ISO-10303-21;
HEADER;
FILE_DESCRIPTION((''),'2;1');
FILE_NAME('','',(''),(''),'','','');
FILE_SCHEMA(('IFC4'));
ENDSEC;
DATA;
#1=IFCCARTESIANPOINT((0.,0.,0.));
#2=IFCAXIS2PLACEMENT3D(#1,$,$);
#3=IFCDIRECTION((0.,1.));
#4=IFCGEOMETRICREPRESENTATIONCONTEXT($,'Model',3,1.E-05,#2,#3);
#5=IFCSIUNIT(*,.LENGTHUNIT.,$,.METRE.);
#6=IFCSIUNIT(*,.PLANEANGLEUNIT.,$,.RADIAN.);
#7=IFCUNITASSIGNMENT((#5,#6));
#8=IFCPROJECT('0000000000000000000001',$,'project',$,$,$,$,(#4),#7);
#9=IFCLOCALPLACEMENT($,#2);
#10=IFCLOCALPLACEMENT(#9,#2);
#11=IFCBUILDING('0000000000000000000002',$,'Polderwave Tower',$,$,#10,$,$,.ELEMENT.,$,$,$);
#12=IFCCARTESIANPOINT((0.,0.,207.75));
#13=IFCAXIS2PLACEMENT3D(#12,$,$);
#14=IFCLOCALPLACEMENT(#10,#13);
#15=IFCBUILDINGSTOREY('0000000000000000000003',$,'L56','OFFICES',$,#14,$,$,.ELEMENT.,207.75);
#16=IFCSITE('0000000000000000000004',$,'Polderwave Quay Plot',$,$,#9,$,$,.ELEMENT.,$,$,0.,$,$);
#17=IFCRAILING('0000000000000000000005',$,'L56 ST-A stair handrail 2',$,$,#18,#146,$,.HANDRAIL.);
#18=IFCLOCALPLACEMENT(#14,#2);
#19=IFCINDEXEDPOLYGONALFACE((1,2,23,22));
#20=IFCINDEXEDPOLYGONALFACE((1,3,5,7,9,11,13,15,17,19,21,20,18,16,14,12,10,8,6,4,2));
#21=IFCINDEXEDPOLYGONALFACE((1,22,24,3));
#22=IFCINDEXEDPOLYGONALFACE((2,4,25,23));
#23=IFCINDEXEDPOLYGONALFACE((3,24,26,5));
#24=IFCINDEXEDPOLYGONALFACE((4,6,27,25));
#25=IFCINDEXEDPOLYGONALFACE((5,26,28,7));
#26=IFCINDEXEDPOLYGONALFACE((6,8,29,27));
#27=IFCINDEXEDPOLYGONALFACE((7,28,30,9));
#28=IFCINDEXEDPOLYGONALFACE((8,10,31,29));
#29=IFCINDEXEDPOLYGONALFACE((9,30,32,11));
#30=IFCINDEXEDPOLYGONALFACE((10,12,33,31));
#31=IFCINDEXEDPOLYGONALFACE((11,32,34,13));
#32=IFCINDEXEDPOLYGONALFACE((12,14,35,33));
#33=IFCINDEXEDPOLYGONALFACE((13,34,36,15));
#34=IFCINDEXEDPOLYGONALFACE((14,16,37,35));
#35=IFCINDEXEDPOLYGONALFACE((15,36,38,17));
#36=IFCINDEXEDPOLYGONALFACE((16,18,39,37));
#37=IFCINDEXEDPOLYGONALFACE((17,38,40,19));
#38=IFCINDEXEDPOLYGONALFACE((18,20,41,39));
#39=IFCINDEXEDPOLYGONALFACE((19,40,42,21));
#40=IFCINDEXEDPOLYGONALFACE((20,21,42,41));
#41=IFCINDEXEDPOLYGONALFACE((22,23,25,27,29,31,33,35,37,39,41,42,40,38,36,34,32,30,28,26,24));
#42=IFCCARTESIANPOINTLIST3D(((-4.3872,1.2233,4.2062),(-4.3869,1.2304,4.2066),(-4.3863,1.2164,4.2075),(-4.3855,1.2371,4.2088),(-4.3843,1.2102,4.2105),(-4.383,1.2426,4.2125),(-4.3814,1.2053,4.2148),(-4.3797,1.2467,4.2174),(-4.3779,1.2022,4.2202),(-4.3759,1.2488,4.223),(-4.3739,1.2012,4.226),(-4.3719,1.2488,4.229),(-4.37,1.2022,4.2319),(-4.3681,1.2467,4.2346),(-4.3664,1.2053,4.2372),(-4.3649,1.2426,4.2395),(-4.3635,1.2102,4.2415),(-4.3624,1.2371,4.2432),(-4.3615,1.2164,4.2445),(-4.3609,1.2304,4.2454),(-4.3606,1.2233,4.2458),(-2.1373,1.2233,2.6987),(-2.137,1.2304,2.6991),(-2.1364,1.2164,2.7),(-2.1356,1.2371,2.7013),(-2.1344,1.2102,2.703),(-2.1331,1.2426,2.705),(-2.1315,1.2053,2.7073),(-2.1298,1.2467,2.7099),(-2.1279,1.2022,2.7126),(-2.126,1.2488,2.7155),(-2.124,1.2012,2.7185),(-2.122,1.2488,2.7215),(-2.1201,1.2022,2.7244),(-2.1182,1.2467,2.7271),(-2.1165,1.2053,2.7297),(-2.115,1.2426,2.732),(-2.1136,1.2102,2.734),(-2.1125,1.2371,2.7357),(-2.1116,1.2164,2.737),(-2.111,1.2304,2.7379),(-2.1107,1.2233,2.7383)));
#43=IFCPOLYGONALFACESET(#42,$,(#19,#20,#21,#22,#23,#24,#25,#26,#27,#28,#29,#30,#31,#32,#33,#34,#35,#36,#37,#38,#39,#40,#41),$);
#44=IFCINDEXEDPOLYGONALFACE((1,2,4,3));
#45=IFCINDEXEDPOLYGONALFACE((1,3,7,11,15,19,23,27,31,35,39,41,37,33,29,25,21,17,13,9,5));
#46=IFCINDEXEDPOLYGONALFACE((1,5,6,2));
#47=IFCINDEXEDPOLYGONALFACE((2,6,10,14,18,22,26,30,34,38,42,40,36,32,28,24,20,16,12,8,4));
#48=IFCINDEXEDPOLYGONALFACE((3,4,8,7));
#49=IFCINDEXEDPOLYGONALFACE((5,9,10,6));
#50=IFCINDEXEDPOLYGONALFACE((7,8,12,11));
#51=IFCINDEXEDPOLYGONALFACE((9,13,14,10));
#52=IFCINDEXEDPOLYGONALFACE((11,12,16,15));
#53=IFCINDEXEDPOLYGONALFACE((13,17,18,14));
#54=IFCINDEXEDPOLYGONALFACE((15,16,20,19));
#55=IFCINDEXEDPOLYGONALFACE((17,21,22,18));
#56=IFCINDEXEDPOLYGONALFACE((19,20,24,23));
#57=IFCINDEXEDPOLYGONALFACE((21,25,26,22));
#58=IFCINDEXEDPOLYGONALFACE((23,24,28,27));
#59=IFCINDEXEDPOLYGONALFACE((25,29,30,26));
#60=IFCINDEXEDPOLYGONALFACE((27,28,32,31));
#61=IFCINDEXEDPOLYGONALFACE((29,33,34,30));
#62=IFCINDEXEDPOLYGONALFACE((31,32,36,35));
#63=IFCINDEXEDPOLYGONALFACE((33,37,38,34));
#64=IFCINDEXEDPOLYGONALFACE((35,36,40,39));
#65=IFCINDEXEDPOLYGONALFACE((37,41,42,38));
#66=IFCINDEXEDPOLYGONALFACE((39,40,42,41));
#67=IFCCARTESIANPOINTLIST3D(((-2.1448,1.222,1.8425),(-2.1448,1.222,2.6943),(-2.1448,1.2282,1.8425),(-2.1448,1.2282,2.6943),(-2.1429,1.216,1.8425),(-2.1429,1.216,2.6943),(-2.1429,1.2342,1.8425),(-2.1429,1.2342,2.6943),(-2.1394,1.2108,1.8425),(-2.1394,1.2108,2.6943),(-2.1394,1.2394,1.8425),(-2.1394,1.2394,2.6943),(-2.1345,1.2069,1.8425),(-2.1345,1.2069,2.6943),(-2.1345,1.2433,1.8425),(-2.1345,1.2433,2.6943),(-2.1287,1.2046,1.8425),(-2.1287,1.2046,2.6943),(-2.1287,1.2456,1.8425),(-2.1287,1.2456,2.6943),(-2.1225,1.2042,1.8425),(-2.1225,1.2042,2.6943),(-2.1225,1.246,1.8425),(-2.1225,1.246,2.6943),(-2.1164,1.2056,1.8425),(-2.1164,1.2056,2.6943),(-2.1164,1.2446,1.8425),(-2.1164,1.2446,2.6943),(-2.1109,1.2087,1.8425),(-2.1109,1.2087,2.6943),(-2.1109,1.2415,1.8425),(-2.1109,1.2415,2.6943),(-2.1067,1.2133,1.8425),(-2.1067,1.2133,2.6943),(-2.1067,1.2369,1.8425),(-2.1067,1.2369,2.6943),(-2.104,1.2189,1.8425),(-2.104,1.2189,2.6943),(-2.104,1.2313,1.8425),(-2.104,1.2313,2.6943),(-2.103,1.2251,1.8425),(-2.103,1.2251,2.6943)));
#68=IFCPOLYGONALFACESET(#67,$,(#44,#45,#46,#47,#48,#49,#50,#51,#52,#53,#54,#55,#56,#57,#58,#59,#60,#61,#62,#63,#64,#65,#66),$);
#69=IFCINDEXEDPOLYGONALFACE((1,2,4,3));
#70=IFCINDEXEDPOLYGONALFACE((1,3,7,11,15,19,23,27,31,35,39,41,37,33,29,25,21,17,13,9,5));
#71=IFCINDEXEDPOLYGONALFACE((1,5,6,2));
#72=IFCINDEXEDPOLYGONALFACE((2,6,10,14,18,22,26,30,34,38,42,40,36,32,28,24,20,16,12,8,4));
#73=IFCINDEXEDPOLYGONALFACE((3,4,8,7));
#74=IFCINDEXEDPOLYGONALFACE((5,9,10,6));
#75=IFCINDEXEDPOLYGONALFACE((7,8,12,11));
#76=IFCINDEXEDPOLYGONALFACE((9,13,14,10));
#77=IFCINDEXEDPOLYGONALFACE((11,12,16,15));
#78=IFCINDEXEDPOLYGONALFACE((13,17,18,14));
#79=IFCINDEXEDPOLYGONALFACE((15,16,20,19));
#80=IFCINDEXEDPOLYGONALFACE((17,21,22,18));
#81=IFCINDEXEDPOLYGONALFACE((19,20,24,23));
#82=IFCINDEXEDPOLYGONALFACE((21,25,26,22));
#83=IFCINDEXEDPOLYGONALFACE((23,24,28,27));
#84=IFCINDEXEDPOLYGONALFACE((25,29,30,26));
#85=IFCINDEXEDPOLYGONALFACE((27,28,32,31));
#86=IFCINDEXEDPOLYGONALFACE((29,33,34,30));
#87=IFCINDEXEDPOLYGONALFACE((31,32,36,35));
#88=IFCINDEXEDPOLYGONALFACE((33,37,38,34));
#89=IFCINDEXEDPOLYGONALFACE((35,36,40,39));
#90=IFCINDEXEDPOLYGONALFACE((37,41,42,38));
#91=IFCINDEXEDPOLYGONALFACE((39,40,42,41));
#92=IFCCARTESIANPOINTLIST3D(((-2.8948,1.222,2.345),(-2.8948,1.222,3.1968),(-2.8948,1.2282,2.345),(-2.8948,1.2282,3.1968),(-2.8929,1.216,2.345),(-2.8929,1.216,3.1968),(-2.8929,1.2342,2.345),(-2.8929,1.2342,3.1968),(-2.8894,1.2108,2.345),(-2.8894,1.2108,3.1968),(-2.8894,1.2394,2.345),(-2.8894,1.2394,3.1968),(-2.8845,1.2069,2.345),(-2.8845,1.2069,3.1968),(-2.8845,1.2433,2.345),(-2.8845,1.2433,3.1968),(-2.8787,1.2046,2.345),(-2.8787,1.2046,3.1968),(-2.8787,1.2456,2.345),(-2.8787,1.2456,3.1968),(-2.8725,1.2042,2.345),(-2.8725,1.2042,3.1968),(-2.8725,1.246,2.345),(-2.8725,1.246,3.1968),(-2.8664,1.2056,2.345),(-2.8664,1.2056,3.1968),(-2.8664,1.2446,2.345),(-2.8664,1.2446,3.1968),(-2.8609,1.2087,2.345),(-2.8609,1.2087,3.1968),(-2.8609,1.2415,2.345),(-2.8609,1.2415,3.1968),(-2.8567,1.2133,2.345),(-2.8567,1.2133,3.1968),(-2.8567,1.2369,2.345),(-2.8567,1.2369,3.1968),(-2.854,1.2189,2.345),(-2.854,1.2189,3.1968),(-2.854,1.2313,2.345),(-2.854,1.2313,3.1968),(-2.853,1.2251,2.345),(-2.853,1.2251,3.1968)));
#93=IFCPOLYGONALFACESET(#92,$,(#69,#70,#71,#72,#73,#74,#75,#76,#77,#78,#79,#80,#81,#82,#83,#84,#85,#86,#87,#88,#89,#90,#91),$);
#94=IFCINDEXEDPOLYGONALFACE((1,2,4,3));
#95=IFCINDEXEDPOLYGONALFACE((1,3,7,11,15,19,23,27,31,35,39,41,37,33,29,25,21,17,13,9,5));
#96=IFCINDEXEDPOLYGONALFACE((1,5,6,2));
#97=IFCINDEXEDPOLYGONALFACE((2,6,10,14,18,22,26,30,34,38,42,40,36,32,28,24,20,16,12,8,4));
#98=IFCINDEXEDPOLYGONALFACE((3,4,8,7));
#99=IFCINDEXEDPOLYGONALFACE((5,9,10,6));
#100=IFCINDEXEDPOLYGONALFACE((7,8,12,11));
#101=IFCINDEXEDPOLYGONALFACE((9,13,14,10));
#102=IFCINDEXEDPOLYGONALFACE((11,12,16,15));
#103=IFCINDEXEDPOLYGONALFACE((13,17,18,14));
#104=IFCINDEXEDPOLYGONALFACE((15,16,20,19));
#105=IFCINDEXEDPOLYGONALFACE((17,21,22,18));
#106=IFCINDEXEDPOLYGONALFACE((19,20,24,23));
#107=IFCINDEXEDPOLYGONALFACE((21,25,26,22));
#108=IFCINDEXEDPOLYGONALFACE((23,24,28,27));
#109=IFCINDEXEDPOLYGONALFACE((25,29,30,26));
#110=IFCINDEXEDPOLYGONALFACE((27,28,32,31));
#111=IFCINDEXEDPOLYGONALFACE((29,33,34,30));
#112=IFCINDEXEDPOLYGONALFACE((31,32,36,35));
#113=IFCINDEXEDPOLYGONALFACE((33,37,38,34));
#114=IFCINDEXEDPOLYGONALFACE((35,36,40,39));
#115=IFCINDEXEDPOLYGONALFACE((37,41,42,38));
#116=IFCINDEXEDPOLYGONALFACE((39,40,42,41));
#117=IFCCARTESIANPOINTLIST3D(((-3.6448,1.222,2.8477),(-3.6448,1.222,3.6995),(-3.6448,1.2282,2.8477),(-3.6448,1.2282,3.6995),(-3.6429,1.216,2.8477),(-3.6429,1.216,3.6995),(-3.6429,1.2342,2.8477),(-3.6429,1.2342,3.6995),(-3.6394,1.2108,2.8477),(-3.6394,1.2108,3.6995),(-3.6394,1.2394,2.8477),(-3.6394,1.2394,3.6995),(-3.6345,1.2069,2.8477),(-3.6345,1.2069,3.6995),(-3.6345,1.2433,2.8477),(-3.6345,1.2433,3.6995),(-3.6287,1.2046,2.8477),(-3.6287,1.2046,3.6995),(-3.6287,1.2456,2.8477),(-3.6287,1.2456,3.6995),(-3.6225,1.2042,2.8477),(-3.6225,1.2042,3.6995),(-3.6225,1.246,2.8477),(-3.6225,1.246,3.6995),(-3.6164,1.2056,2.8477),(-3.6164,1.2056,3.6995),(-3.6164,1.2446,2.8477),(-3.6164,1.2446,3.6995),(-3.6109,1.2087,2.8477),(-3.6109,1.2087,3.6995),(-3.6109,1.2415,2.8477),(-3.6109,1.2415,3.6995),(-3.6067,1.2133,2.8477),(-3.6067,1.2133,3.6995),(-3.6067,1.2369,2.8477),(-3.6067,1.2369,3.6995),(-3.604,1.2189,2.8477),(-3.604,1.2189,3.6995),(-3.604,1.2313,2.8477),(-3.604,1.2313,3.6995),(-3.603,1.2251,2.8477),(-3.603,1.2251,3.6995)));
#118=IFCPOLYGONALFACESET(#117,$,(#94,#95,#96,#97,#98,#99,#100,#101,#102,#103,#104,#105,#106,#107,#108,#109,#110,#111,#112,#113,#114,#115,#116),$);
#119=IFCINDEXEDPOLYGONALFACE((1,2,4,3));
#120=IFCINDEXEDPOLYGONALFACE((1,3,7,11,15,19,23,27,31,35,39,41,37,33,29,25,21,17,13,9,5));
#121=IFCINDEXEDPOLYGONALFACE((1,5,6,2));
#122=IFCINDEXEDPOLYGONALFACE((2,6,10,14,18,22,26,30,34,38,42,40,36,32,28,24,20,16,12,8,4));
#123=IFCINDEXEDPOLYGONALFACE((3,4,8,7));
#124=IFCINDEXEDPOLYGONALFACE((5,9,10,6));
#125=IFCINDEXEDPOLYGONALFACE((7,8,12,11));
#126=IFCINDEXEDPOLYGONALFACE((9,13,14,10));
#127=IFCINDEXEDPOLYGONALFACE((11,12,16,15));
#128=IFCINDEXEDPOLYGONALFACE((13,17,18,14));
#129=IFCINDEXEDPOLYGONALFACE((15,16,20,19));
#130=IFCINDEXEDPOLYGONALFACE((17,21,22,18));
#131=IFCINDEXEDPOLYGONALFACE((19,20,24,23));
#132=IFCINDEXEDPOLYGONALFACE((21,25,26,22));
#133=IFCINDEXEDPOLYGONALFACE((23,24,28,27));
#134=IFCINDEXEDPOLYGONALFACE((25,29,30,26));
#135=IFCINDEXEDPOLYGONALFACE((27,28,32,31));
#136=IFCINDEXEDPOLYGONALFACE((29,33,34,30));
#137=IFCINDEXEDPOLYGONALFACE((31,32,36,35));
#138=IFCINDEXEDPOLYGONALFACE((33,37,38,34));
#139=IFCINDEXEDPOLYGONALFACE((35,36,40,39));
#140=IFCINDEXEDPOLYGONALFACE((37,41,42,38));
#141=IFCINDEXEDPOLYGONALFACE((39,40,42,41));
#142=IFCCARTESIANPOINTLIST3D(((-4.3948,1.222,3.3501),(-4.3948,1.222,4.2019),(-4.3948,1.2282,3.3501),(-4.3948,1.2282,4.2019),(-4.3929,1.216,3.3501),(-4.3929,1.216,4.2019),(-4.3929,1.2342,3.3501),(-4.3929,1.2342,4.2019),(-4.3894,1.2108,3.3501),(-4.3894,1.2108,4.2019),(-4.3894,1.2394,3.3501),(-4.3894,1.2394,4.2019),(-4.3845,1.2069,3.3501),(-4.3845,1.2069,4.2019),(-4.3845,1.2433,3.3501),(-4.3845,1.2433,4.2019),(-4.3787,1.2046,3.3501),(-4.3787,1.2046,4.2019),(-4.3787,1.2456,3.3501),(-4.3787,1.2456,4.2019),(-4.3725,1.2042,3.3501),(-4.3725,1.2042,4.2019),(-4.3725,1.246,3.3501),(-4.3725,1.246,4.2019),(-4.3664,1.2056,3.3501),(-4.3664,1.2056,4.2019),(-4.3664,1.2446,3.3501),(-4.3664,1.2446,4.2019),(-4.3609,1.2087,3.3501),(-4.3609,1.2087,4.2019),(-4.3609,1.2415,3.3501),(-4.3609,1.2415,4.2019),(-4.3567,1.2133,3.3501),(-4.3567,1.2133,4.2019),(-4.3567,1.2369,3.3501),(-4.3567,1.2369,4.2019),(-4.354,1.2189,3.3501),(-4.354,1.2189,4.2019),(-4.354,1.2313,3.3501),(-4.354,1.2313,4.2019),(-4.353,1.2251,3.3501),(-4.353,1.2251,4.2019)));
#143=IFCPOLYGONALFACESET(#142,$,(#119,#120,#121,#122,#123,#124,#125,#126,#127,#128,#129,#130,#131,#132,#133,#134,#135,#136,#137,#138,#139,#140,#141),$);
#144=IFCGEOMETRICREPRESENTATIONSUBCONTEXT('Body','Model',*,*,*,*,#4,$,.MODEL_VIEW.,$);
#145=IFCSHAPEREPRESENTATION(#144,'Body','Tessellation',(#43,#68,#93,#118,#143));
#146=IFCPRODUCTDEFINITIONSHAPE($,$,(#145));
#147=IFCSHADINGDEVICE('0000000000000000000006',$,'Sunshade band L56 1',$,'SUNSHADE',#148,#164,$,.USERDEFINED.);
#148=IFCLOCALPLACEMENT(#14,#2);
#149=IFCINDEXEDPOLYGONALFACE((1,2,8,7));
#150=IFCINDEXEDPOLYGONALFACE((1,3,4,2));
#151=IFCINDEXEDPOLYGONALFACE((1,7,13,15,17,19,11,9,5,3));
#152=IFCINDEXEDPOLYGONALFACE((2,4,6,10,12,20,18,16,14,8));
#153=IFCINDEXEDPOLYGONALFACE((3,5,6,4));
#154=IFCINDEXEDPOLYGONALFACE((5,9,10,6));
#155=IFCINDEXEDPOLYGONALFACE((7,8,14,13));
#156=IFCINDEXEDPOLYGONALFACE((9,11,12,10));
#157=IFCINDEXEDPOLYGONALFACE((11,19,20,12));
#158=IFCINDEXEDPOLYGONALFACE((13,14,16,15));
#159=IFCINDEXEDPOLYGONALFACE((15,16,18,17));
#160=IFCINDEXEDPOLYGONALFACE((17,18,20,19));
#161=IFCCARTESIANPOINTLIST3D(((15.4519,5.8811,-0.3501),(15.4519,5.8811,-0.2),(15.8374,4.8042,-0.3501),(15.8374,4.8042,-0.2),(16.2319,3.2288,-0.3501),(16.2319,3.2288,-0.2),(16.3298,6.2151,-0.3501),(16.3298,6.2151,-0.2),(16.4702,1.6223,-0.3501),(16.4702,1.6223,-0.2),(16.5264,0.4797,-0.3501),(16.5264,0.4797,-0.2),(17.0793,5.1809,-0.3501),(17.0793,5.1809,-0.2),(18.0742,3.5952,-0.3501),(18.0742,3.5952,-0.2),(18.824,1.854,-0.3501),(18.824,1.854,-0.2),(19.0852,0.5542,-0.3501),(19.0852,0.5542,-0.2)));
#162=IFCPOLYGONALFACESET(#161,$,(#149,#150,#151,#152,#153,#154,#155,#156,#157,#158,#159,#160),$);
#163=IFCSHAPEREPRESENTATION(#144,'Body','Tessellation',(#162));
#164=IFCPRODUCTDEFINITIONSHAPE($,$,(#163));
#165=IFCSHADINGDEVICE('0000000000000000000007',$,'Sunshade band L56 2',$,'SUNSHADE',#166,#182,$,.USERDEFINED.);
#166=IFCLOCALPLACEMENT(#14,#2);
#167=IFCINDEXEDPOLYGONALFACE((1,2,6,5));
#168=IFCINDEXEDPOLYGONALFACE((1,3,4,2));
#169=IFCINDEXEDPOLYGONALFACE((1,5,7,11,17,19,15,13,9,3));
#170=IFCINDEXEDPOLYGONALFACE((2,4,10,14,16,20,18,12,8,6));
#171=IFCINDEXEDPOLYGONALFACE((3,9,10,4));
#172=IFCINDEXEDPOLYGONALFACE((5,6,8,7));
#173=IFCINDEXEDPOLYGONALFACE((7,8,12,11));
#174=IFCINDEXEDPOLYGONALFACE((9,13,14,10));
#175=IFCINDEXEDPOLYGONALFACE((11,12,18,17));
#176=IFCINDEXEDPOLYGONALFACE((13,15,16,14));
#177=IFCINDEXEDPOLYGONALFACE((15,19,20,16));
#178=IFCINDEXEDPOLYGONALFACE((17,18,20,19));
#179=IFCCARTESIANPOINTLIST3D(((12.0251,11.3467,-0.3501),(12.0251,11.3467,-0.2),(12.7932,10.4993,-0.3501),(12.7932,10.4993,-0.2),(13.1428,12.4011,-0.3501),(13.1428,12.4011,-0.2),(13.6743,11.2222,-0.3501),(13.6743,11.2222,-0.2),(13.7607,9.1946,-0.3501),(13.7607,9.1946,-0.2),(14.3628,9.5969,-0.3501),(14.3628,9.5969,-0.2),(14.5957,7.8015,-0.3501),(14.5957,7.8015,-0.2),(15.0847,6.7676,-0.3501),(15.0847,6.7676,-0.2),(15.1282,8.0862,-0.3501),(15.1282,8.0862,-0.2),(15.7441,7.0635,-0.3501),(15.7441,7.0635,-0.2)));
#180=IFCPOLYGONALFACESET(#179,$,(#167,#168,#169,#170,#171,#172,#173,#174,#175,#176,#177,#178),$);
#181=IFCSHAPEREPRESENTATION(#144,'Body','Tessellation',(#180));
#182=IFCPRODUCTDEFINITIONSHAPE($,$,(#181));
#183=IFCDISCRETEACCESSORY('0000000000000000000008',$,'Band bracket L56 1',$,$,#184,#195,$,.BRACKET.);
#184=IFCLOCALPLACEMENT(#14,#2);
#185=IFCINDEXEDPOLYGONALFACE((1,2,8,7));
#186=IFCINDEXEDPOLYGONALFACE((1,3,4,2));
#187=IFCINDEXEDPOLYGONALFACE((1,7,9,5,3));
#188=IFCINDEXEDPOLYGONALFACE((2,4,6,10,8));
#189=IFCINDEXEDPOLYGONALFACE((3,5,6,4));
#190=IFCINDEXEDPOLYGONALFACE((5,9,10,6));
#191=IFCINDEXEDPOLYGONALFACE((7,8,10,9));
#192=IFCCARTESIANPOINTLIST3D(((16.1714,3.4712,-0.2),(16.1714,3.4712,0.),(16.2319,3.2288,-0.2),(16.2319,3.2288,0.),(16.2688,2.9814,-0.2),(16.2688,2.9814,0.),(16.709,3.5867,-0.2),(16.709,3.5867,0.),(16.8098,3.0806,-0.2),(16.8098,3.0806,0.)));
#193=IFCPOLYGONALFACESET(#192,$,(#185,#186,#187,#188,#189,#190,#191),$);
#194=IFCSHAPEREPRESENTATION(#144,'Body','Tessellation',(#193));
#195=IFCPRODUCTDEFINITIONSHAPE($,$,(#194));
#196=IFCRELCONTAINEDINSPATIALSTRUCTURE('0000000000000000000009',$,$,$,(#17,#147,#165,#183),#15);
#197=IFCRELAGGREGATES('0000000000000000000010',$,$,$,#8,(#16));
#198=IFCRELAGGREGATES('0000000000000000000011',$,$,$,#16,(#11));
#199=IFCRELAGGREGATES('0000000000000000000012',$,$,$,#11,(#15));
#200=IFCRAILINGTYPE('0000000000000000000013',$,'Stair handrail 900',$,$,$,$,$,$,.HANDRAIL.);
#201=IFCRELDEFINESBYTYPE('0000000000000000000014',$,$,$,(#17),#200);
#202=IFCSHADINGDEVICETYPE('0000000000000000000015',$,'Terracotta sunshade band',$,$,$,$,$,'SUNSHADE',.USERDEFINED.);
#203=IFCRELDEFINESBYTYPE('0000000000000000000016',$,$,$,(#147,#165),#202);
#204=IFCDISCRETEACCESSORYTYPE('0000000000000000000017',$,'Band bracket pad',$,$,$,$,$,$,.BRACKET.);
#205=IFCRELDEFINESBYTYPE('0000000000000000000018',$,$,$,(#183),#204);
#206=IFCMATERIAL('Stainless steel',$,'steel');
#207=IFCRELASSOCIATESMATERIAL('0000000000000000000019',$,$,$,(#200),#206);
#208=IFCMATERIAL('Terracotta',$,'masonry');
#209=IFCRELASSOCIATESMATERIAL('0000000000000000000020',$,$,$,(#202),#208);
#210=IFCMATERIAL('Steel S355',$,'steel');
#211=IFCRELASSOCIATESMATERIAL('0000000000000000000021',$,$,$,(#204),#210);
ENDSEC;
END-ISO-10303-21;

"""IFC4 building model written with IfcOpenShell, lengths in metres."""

from ifc_helpers import new_model, si_unit, direction, frame, origin, origin_2d, place, context, subcontext, project, spatial, polyline, circle, outline, extrude, material, type_object, element, save


model = new_model("IFC4")

# Units and contexts
model_context = context("Model", 3, precision=1e-05, world=origin(), true_north=direction((0.0, 1.0)))
body_context = subcontext(model_context, "Body", "Model", "MODEL_VIEW")
ifc_project = project(units=[si_unit("LENGTHUNIT", "METRE"), si_unit("PLANEANGLEUNIT", "RADIAN")], contexts=[model_context])

# Site, building, storey
site_placement = place(None, origin())
site = spatial("IfcSite", under=ifc_project, at=site_placement, Name="Polderwave Quay Plot", CompositionType="ELEMENT", RefElevation=0.0)
building_placement = place(site_placement, origin())
building = spatial("IfcBuilding", under=site, at=building_placement, Name="Polderwave Tower", CompositionType="ELEMENT")
storey_placement = place(building_placement, frame((0.0, 0.0, 207.75)))
storey = spatial("IfcBuildingStorey", under=building, at=storey_placement, Name="L56", Description="OFFICES", CompositionType="ELEMENT", Elevation=207.75)

# Shared definitions
ifc_material_1 = material(Name="Stainless steel", Category="steel")

# Railing
railing_type_1 = type_object("IfcRailingType", Name="Stair handrail 900", PredefinedType="HANDRAIL", material=ifc_material_1)
railing_1_placement = place(storey_placement, frame((-2.124, 1.2251, 1.8425)))
element("IfcRailing", 1, at=railing_1_placement, inside=storey, type_object=railing_type_1, Name="L56 ST-A stair handrail 2", PredefinedType="HANDRAIL", context=body_context, shape_type="SweptSolid", body=[
    extrude(circle(Radius=0.0239, at=origin_2d()), frame((0.0, 0.0, 0.876), z_axis=(-0.830758, 0.0, 0.556633), x_axis=(0.0, -1.0, 0.0)), (0.0, 0.0, 1.0), 2.7083),
    extrude(circle(Radius=0.021, at=origin_2d()), origin(), (0.0, 0.0, 1.0), 0.8518),
    extrude(circle(Radius=0.021, at=origin_2d()), frame((-0.75, 0.0, 0.5024)), (0.0, 0.0, 1.0), 0.8518),
    extrude(circle(Radius=0.021, at=origin_2d()), frame((-1.5, 0.0, 1.0051)), (0.0, 0.0, 1.0), 0.8518),
    extrude(circle(Radius=0.021, at=origin_2d()), frame((-2.25, 0.0, 1.5076)), (0.0, 0.0, 1.0), 0.8518),
])

# Shading devices
ifc_material_2 = material(Name="Terracotta", Category="masonry")
shading_device_type = type_object("IfcShadingDeviceType", Name="Terracotta sunshade band", ElementType="SUNSHADE", PredefinedType="USERDEFINED", material=ifc_material_2)
shading_device_1_placement = place(storey_placement, frame((0.0, 0.0, -0.3501)))
element("IfcShadingDevice", 2, at=shading_device_1_placement, inside=storey, type_object=shading_device_type, Name="Sunshade band L56 1", ObjectType="SUNSHADE", PredefinedType="USERDEFINED", context=body_context, shape_type="SweptSolid", body=[
    extrude(outline(polyline([(16.5264, 0.4797), (16.4702, 1.6223), (16.2319, 3.2288), (15.8374, 4.8042), (15.4519, 5.8811), (16.3298, 6.2151), (17.0793, 5.1809), (18.0742, 3.5952), (18.824, 1.854), (19.0852, 0.5542), (16.5264, 0.4797)])), origin(), (0.0, 0.0, 1.0), 0.1501),
])
shading_device_2_placement = place(storey_placement, frame((0.0, 0.0, -0.3501)))
element("IfcShadingDevice", 3, at=shading_device_2_placement, inside=storey, type_object=shading_device_type, Name="Sunshade band L56 2", ObjectType="SUNSHADE", PredefinedType="USERDEFINED", context=body_context, shape_type="SweptSolid", body=[
    extrude(outline(polyline([(15.0847, 6.7676), (14.5957, 7.8015), (13.7607, 9.1946), (12.7932, 10.4993), (12.0251, 11.3467), (13.1428, 12.4011), (13.6743, 11.2222), (14.3628, 9.5969), (15.1282, 8.0862), (15.7441, 7.0635), (15.0847, 6.7676)])), origin(), (0.0, 0.0, 1.0), 0.1501),
])

# Discrete accessory
ifc_material_3 = material(Name="Steel S355", Category="steel")
discrete_accessory_type = type_object("IfcDiscreteAccessoryType", Name="Band bracket pad", PredefinedType="BRACKET", material=ifc_material_3)
discrete_accessory_placement = place(storey_placement, frame((0.0, 0.0, -0.2)))
element("IfcDiscreteAccessory", 4, at=discrete_accessory_placement, inside=storey, type_object=discrete_accessory_type, Name="Band bracket L56 1", PredefinedType="BRACKET", context=body_context, shape_type="SweptSolid", body=[
    extrude(outline(polyline([(16.2688, 2.9814), (16.2319, 3.2288), (16.1714, 3.4712), (16.709, 3.5867), (16.8098, 3.0806), (16.2688, 2.9814)])), origin(), (0.0, 0.0, 1.0), 0.2),
])

save(model, "model.ifc")
